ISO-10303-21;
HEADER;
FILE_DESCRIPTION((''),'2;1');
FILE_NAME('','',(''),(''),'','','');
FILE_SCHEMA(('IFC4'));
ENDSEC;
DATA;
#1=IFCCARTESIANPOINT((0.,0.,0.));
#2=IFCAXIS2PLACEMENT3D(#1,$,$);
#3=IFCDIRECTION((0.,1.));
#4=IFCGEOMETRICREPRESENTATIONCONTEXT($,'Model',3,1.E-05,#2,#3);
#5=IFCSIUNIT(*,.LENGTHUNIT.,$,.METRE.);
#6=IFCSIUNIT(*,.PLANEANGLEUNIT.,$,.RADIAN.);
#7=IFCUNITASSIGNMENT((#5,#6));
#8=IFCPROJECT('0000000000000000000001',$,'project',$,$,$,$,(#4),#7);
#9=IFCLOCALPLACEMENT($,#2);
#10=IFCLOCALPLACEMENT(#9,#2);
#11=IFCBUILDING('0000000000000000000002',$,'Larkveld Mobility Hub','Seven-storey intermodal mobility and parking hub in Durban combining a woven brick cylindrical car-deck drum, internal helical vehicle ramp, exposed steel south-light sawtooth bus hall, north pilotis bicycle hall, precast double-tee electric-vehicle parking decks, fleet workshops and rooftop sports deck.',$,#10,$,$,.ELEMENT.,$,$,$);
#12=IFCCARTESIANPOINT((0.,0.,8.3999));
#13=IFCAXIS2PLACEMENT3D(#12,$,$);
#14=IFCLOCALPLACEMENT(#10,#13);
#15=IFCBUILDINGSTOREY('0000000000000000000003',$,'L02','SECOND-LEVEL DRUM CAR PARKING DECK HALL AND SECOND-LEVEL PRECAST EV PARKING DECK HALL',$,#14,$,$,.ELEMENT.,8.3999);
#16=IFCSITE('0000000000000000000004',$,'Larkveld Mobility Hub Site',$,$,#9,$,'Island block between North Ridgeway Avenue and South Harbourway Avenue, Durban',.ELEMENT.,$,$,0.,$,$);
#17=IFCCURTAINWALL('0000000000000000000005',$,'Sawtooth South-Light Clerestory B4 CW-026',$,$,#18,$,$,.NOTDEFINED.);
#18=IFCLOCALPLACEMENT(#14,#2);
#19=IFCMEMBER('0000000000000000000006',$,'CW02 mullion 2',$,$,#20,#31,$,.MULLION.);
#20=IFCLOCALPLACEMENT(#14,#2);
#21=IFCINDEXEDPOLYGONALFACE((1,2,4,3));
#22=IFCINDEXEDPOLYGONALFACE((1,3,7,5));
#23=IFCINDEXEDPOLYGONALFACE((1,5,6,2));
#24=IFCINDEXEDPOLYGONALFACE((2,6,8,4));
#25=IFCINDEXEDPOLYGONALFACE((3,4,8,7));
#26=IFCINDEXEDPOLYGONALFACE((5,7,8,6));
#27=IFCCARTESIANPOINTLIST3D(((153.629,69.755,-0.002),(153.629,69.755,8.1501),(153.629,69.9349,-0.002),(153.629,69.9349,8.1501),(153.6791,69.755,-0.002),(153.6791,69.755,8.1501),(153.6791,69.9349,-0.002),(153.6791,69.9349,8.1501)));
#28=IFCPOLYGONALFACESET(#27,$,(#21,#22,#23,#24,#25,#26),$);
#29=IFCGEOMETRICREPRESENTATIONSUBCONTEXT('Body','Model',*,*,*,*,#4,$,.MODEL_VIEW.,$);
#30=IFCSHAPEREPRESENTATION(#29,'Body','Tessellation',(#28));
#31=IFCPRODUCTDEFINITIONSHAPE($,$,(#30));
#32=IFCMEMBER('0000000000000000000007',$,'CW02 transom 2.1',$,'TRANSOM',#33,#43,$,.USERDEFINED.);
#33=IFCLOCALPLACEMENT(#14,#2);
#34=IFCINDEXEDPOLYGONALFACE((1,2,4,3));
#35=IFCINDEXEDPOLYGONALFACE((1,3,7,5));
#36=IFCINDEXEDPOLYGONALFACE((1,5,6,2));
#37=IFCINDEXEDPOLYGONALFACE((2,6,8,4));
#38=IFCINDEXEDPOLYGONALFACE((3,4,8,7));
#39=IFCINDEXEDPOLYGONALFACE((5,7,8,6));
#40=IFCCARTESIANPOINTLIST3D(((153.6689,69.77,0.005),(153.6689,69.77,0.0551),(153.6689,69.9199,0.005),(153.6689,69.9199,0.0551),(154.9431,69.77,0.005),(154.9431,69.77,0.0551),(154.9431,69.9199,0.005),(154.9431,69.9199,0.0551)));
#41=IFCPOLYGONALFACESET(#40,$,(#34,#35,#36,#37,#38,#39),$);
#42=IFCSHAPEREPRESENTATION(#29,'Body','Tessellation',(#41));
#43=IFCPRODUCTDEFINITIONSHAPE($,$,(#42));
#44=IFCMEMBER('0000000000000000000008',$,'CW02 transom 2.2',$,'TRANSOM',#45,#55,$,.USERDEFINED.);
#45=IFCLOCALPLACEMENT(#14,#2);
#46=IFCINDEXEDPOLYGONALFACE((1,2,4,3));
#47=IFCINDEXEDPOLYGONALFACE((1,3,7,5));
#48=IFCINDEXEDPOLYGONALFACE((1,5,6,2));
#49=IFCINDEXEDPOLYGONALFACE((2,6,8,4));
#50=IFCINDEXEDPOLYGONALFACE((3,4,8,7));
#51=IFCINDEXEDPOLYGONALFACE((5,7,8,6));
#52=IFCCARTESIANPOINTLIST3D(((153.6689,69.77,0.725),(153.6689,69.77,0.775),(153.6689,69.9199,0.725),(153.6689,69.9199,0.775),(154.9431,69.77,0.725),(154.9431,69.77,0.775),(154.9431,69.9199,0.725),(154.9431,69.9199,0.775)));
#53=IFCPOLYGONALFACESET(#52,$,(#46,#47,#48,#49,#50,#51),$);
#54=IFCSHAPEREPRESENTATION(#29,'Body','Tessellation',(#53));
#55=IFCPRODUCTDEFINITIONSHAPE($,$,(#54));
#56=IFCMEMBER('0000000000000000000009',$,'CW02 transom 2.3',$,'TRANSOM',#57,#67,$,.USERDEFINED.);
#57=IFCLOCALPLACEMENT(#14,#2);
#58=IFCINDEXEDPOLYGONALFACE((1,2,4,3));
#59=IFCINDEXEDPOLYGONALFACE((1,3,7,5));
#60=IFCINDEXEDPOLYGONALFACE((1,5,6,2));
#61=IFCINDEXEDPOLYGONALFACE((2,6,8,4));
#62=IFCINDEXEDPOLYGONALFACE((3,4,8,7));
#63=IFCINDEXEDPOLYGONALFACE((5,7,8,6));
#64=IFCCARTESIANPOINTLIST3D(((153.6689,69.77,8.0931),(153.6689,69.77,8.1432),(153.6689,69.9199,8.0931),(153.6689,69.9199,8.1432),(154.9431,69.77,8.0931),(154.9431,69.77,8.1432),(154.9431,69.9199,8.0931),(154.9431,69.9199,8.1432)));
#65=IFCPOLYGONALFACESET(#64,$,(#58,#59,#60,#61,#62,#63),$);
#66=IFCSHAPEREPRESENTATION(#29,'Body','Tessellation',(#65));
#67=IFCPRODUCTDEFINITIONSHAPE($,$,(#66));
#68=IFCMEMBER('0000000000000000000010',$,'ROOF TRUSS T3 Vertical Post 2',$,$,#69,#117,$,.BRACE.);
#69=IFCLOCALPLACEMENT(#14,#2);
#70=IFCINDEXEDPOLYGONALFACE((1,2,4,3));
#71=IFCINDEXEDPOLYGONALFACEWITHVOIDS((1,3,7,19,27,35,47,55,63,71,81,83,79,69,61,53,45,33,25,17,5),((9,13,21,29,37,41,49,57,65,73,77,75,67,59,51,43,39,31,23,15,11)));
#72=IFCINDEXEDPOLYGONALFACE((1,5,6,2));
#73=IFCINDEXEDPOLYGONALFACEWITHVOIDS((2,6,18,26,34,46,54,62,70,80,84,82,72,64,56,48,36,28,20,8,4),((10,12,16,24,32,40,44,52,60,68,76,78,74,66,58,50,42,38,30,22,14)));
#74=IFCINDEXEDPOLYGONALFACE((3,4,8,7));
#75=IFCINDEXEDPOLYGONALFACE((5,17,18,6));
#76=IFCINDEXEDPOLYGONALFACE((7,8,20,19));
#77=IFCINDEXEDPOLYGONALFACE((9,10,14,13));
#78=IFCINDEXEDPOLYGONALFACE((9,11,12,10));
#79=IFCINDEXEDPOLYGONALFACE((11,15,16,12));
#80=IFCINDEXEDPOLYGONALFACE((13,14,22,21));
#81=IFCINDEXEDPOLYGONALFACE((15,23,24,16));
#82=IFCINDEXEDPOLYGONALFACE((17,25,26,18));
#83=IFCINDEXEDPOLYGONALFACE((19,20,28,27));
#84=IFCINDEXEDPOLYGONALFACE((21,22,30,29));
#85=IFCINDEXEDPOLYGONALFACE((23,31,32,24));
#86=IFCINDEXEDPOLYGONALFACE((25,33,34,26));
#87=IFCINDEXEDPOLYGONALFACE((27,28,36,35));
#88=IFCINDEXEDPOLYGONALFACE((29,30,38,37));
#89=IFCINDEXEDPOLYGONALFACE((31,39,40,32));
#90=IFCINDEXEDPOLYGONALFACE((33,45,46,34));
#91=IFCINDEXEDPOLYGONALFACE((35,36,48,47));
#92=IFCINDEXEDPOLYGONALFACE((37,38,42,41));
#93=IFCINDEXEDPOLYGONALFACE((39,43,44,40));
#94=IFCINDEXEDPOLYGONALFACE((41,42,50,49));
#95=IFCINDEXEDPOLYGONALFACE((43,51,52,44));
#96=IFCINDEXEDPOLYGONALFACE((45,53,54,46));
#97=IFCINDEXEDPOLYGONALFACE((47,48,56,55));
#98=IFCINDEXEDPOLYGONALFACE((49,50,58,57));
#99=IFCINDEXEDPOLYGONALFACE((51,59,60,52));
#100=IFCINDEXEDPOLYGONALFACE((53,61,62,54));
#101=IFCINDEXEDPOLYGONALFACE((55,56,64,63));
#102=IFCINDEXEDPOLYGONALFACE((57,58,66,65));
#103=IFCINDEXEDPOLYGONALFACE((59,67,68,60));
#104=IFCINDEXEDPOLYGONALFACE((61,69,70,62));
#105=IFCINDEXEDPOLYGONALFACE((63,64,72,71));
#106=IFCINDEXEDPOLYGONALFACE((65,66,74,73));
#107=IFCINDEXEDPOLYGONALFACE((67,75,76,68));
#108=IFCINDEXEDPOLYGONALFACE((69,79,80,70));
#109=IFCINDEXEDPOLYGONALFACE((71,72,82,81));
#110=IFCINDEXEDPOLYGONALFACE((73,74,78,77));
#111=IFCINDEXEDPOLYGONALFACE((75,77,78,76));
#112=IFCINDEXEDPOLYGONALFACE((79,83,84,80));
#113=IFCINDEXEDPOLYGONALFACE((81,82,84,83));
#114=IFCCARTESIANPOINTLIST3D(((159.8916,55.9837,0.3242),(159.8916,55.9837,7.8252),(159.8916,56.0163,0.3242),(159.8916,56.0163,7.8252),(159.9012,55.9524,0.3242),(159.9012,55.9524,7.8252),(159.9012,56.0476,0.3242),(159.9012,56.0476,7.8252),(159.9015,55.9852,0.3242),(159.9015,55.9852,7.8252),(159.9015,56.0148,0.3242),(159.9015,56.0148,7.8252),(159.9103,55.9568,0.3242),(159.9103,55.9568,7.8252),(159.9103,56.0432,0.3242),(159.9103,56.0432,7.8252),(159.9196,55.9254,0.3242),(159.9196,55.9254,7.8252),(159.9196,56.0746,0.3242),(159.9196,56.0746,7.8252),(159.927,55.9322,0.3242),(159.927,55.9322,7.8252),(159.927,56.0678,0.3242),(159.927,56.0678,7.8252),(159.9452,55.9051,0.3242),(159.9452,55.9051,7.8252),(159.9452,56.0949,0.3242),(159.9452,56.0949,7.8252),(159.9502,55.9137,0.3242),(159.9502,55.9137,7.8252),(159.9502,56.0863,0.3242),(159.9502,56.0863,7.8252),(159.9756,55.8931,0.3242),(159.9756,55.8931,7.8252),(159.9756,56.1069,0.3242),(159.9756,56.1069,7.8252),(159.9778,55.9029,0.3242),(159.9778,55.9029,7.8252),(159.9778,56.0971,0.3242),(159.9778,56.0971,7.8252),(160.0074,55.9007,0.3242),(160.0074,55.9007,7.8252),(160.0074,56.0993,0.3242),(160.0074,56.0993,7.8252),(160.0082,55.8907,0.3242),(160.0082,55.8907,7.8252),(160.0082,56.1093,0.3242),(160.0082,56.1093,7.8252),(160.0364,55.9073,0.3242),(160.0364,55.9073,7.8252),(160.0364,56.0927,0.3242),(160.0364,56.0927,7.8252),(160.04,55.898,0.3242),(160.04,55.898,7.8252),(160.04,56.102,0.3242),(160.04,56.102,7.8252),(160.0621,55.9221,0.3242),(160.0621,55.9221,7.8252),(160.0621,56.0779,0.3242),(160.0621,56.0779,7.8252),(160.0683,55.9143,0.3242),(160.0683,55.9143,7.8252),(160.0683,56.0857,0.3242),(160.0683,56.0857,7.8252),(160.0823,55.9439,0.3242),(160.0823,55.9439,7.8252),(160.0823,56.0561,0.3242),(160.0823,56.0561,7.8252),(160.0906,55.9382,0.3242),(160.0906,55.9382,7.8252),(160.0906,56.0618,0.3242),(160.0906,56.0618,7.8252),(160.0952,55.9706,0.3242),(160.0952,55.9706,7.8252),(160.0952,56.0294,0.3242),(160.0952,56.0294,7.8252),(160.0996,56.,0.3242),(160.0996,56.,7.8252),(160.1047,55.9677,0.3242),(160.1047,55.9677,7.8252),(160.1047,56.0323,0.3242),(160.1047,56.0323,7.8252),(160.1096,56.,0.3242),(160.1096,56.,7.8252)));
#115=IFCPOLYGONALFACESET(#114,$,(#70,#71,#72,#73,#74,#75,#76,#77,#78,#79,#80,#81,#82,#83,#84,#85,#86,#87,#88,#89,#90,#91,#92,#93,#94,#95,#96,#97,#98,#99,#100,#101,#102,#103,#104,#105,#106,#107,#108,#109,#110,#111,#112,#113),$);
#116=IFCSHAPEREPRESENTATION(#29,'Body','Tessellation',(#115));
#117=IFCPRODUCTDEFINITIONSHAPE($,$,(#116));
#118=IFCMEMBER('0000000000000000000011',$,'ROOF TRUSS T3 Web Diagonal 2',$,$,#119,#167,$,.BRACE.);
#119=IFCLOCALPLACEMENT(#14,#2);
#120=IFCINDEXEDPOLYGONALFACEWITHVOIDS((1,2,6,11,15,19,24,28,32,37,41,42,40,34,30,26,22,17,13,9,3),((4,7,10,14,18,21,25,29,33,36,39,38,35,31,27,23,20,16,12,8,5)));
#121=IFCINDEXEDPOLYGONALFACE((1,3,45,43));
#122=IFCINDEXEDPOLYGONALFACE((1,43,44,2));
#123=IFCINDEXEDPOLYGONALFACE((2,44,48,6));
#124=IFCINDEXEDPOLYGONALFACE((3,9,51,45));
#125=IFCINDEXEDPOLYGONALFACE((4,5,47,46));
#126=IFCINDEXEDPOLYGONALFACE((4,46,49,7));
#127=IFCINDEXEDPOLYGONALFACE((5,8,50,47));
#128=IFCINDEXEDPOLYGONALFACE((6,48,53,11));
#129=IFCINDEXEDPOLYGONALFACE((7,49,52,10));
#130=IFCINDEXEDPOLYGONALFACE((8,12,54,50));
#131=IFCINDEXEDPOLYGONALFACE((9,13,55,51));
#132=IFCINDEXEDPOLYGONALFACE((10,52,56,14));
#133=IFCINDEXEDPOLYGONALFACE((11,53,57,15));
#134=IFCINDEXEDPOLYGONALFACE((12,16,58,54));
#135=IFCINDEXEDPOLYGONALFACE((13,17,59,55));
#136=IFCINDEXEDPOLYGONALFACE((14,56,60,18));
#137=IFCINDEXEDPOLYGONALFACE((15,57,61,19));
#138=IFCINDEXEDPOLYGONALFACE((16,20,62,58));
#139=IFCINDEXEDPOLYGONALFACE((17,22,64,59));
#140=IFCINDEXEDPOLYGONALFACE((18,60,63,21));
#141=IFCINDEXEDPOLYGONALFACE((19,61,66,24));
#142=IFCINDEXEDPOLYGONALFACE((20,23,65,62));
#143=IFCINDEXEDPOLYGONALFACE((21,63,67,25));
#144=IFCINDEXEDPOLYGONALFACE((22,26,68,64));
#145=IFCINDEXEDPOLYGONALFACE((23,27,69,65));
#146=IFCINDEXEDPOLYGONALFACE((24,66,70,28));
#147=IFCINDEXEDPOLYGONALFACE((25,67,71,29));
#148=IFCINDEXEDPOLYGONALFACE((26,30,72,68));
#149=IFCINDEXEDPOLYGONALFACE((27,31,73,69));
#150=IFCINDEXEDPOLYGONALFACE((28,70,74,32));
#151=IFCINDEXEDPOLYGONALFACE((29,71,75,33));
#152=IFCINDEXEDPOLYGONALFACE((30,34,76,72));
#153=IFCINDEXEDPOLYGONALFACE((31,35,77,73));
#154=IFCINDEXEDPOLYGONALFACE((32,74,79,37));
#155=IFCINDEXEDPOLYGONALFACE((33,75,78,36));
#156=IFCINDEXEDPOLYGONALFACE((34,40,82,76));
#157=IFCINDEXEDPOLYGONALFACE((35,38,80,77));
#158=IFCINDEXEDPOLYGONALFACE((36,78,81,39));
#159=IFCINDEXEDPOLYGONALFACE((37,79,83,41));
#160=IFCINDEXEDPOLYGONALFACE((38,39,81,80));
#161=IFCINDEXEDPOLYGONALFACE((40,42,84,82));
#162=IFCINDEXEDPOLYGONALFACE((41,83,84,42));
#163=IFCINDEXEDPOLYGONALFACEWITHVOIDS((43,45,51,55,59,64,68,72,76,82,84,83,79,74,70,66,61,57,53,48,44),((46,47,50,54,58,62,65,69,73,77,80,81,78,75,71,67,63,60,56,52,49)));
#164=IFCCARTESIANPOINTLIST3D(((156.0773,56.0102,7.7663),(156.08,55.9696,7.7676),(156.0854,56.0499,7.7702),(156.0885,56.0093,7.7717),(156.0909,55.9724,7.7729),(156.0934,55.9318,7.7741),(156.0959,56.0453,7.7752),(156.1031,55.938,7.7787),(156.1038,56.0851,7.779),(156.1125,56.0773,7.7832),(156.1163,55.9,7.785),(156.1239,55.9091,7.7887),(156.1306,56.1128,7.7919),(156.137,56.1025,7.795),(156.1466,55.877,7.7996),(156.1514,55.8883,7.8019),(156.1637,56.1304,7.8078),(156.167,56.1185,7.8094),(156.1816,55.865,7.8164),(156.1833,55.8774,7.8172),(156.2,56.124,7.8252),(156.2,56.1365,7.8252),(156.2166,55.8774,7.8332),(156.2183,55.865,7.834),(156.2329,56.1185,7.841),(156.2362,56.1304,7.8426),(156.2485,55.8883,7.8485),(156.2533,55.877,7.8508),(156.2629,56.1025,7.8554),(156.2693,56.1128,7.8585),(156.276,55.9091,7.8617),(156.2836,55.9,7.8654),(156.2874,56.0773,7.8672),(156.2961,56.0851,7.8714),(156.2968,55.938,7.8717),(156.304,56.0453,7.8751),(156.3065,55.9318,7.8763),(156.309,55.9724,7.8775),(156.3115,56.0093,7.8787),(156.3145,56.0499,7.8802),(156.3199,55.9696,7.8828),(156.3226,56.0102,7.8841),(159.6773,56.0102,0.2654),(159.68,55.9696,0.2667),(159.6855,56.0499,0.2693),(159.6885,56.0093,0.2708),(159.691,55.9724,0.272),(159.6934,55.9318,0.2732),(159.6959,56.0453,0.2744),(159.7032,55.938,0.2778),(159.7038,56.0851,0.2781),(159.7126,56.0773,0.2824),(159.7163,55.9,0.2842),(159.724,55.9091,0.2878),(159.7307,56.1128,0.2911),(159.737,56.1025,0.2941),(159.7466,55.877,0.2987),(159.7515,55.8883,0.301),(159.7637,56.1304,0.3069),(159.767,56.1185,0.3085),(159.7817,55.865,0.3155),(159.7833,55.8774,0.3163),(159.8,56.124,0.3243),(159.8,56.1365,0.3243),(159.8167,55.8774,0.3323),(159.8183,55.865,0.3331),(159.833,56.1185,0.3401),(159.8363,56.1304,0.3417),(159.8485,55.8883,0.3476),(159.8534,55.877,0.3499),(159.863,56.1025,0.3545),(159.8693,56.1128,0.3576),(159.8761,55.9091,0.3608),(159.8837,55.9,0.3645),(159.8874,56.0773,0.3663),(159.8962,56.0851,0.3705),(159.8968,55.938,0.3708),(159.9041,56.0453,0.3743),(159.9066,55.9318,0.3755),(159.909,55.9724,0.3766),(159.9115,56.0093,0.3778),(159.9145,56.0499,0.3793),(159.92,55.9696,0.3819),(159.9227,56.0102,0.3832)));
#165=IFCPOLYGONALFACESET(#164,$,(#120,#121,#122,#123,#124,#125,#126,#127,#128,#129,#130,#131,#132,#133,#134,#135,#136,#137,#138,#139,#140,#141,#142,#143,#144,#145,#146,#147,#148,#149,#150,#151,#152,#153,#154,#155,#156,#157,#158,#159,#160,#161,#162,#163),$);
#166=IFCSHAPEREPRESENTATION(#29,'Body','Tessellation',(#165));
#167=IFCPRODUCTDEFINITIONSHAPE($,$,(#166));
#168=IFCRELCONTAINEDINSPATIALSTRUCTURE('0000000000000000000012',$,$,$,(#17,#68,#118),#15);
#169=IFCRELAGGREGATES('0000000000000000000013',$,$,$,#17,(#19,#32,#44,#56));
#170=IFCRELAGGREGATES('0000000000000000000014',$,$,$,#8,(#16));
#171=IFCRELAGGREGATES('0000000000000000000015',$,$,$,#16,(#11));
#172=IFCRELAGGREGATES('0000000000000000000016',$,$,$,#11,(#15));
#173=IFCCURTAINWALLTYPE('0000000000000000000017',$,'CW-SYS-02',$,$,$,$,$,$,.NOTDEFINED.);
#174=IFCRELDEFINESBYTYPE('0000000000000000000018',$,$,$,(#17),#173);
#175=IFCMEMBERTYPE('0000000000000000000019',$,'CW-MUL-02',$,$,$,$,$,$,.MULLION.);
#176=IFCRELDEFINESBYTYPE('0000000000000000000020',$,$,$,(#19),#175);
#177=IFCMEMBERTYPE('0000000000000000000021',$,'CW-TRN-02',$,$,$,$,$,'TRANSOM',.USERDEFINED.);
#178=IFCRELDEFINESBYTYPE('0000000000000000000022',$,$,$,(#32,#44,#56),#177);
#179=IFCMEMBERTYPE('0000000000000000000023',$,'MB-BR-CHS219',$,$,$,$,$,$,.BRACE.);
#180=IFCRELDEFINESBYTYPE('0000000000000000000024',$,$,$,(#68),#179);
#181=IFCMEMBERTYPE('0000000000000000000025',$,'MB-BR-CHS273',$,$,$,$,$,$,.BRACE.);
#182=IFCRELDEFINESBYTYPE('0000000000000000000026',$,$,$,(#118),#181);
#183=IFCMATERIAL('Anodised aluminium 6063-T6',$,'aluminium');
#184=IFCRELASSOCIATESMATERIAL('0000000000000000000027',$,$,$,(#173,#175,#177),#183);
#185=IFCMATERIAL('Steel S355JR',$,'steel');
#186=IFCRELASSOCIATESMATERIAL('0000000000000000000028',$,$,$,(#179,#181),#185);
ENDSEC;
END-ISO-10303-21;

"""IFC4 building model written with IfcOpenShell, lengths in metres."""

from ifc_helpers import new_model, si_unit, direction, frame, origin, origin_2d, place, context, subcontext, project, spatial, rectangle, hollow_circle, extrude, material, material_profile, profile_set, type_object, element, aggregate, save


model = new_model("IFC4")

# Units and contexts
model_context = context("Model", 3, precision=1e-05, world=origin(), true_north=direction((0.0, 1.0)))
body_context = subcontext(model_context, "Body", "Model", "MODEL_VIEW")
ifc_project = project(units=[si_unit("LENGTHUNIT", "METRE"), si_unit("PLANEANGLEUNIT", "RADIAN")], contexts=[model_context])

# Site, building, storey
site_placement = place(None, origin())
site = spatial("IfcSite", under=ifc_project, at=site_placement, Name="Larkveld Mobility Hub Site", LongName="Island block between North Ridgeway Avenue and South Harbourway Avenue, Durban", CompositionType="ELEMENT", RefElevation=0.0)
building_placement = place(site_placement, origin())
building = spatial("IfcBuilding", under=site, at=building_placement, Name="Larkveld Mobility Hub", Description="Seven-storey intermodal mobility and parking hub in Durban combining a woven brick cylindrical car-deck drum, internal helical vehicle ramp, exposed steel south-light sawtooth bus hall, north pilotis bicycle hall, precast double-tee electric-vehicle parking decks, fleet workshops and rooftop sports deck.", CompositionType="ELEMENT")
storey_placement = place(building_placement, frame((0.0, 0.0, 8.3999)))
storey = spatial("IfcBuildingStorey", under=building, at=storey_placement, Name="L02", Description="SECOND-LEVEL DRUM CAR PARKING DECK HALL AND SECOND-LEVEL PRECAST EV PARKING DECK HALL", CompositionType="ELEMENT", Elevation=8.3999)

# Curtain wall, members
ifc_material_1 = material(Name="Anodised aluminium 6063-T6", Category="aluminium")
curtain_wall_type = type_object("IfcCurtainWallType", Name="CW-SYS-02", PredefinedType="NOTDEFINED", material=ifc_material_1)
curtain_wall_placement = place(storey_placement, origin())
curtain_wall = element("IfcCurtainWall", 1, at=curtain_wall_placement, inside=storey, type_object=curtain_wall_type, Name="Sawtooth South-Light Clerestory B4 CW-026", PredefinedType="NOTDEFINED")
ifc_material_profile_1 = material_profile(ifc_material_1, rectangle(XDim=0.05, YDim=0.1799, at=origin_2d()), Name="ALU MULL 50x180")
ifc_profile_set_1 = profile_set([ifc_material_profile_1], Name="Anodised aluminium 6063-T6")
member_type_1 = type_object("IfcMemberType", Name="CW-MUL-02", PredefinedType="MULLION", material=ifc_profile_set_1)
member_1_placement = place(storey_placement, frame((153.6541, 69.845, -0.002), z_axis=(0.0, 0.0, 1.0), x_axis=(1.0, 0.0, 0.0)))
member_1 = element("IfcMember", 2, at=member_1_placement, type_object=member_type_1, Name="CW02 mullion 2", PredefinedType="MULLION", context=body_context, shape_type="SweptSolid", body=[
    extrude(rectangle(XDim=0.05, YDim=0.1799, at=origin_2d()), origin(), (0.0, 0.0, 1.0), 8.1521),
])
ifc_material_profile_2 = material_profile(ifc_material_1, rectangle(XDim=0.1499, YDim=0.05, at=origin_2d()), Name="ALU TRAN 50x150")
ifc_profile_set_2 = profile_set([ifc_material_profile_2], Name="Anodised aluminium 6063-T6")
member_type_2 = type_object("IfcMemberType", Name="CW-TRN-02", ElementType="TRANSOM", PredefinedType="USERDEFINED", material=ifc_profile_set_2)
member_2_placement = place(storey_placement, frame((153.6689, 69.845, 0.03), z_axis=(1.0, 0.0, 0.0), x_axis=(0.0, 1.0, 0.0)))
member_2 = element("IfcMember", 3, at=member_2_placement, type_object=member_type_2, Name="CW02 transom 2.1", ObjectType="TRANSOM", PredefinedType="USERDEFINED", context=body_context, shape_type="SweptSolid", body=[
    extrude(rectangle(XDim=0.1499, YDim=0.05, at=origin_2d()), origin(), (0.0, 0.0, 1.0), 1.2742),
])
member_3_placement = place(storey_placement, frame((153.6689, 69.845, 0.75), z_axis=(1.0, 0.0, 0.0), x_axis=(0.0, 1.0, 0.0)))
member_3 = element("IfcMember", 4, at=member_3_placement, type_object=member_type_2, Name="CW02 transom 2.2", ObjectType="TRANSOM", PredefinedType="USERDEFINED", context=body_context, shape_type="SweptSolid", body=[
    extrude(rectangle(XDim=0.1499, YDim=0.05, at=origin_2d()), origin(), (0.0, 0.0, 1.0), 1.2742),
])
member_4_placement = place(storey_placement, frame((153.6689, 69.845, 8.1182), z_axis=(1.0, 0.0, 0.0), x_axis=(0.0, 1.0, 0.0)))
member_4 = element("IfcMember", 5, at=member_4_placement, type_object=member_type_2, Name="CW02 transom 2.3", ObjectType="TRANSOM", PredefinedType="USERDEFINED", context=body_context, shape_type="SweptSolid", body=[
    extrude(rectangle(XDim=0.1499, YDim=0.05, at=origin_2d()), origin(), (0.0, 0.0, 1.0), 1.2742),
])

# Members
ifc_material_2 = material(Name="Steel S355JR", Category="steel")
ifc_material_profile_3 = material_profile(ifc_material_2, hollow_circle(Radius=0.1096, WallThickness=0.01, at=origin_2d()), Name="CHS 219.1x10")
ifc_profile_set_3 = profile_set([ifc_material_profile_3], Name="Steel S355JR")
member_type_3 = type_object("IfcMemberType", Name="MB-BR-CHS219", PredefinedType="BRACE", material=ifc_profile_set_3)
member_5_placement = place(storey_placement, frame((160.0, 56.0, 0.3242), z_axis=(0.0, 0.0, 1.0), x_axis=(1.0, 0.0, 0.0)))
element("IfcMember", 6, at=member_5_placement, inside=storey, type_object=member_type_3, Name="ROOF TRUSS T3 Vertical Post 2", PredefinedType="BRACE", context=body_context, shape_type="SweptSolid", body=[
    extrude(hollow_circle(Radius=0.1096, WallThickness=0.01, at=origin_2d()), origin(), (0.0, 0.0, 1.0), 7.501),
])
ifc_material_profile_4 = material_profile(ifc_material_2, hollow_circle(Radius=0.1365, WallThickness=0.0125, at=origin_2d()), Name="CHS 273x12.5")
ifc_profile_set_4 = profile_set([ifc_material_profile_4], Name="Steel S355JR")
member_type_4 = type_object("IfcMemberType", Name="MB-BR-CHS273", PredefinedType="BRACE", material=ifc_profile_set_4)
member_6_placement = place(storey_placement, frame((156.2, 56.0, 7.8252), z_axis=(0.432695, 0.0, -0.90154), x_axis=(0.0, 1.0, 0.0)))
element("IfcMember", 7, at=member_6_placement, inside=storey, type_object=member_type_4, Name="ROOF TRUSS T3 Web Diagonal 2", PredefinedType="BRACE", context=body_context, shape_type="SweptSolid", body=[
    extrude(hollow_circle(Radius=0.1365, WallThickness=0.0125, at=origin_2d()), origin(), (0.0, 0.0, 1.0), 8.3201),
])

aggregate(curtain_wall, [member_1, member_2, member_3, member_4])

save(model, "model.ifc")
